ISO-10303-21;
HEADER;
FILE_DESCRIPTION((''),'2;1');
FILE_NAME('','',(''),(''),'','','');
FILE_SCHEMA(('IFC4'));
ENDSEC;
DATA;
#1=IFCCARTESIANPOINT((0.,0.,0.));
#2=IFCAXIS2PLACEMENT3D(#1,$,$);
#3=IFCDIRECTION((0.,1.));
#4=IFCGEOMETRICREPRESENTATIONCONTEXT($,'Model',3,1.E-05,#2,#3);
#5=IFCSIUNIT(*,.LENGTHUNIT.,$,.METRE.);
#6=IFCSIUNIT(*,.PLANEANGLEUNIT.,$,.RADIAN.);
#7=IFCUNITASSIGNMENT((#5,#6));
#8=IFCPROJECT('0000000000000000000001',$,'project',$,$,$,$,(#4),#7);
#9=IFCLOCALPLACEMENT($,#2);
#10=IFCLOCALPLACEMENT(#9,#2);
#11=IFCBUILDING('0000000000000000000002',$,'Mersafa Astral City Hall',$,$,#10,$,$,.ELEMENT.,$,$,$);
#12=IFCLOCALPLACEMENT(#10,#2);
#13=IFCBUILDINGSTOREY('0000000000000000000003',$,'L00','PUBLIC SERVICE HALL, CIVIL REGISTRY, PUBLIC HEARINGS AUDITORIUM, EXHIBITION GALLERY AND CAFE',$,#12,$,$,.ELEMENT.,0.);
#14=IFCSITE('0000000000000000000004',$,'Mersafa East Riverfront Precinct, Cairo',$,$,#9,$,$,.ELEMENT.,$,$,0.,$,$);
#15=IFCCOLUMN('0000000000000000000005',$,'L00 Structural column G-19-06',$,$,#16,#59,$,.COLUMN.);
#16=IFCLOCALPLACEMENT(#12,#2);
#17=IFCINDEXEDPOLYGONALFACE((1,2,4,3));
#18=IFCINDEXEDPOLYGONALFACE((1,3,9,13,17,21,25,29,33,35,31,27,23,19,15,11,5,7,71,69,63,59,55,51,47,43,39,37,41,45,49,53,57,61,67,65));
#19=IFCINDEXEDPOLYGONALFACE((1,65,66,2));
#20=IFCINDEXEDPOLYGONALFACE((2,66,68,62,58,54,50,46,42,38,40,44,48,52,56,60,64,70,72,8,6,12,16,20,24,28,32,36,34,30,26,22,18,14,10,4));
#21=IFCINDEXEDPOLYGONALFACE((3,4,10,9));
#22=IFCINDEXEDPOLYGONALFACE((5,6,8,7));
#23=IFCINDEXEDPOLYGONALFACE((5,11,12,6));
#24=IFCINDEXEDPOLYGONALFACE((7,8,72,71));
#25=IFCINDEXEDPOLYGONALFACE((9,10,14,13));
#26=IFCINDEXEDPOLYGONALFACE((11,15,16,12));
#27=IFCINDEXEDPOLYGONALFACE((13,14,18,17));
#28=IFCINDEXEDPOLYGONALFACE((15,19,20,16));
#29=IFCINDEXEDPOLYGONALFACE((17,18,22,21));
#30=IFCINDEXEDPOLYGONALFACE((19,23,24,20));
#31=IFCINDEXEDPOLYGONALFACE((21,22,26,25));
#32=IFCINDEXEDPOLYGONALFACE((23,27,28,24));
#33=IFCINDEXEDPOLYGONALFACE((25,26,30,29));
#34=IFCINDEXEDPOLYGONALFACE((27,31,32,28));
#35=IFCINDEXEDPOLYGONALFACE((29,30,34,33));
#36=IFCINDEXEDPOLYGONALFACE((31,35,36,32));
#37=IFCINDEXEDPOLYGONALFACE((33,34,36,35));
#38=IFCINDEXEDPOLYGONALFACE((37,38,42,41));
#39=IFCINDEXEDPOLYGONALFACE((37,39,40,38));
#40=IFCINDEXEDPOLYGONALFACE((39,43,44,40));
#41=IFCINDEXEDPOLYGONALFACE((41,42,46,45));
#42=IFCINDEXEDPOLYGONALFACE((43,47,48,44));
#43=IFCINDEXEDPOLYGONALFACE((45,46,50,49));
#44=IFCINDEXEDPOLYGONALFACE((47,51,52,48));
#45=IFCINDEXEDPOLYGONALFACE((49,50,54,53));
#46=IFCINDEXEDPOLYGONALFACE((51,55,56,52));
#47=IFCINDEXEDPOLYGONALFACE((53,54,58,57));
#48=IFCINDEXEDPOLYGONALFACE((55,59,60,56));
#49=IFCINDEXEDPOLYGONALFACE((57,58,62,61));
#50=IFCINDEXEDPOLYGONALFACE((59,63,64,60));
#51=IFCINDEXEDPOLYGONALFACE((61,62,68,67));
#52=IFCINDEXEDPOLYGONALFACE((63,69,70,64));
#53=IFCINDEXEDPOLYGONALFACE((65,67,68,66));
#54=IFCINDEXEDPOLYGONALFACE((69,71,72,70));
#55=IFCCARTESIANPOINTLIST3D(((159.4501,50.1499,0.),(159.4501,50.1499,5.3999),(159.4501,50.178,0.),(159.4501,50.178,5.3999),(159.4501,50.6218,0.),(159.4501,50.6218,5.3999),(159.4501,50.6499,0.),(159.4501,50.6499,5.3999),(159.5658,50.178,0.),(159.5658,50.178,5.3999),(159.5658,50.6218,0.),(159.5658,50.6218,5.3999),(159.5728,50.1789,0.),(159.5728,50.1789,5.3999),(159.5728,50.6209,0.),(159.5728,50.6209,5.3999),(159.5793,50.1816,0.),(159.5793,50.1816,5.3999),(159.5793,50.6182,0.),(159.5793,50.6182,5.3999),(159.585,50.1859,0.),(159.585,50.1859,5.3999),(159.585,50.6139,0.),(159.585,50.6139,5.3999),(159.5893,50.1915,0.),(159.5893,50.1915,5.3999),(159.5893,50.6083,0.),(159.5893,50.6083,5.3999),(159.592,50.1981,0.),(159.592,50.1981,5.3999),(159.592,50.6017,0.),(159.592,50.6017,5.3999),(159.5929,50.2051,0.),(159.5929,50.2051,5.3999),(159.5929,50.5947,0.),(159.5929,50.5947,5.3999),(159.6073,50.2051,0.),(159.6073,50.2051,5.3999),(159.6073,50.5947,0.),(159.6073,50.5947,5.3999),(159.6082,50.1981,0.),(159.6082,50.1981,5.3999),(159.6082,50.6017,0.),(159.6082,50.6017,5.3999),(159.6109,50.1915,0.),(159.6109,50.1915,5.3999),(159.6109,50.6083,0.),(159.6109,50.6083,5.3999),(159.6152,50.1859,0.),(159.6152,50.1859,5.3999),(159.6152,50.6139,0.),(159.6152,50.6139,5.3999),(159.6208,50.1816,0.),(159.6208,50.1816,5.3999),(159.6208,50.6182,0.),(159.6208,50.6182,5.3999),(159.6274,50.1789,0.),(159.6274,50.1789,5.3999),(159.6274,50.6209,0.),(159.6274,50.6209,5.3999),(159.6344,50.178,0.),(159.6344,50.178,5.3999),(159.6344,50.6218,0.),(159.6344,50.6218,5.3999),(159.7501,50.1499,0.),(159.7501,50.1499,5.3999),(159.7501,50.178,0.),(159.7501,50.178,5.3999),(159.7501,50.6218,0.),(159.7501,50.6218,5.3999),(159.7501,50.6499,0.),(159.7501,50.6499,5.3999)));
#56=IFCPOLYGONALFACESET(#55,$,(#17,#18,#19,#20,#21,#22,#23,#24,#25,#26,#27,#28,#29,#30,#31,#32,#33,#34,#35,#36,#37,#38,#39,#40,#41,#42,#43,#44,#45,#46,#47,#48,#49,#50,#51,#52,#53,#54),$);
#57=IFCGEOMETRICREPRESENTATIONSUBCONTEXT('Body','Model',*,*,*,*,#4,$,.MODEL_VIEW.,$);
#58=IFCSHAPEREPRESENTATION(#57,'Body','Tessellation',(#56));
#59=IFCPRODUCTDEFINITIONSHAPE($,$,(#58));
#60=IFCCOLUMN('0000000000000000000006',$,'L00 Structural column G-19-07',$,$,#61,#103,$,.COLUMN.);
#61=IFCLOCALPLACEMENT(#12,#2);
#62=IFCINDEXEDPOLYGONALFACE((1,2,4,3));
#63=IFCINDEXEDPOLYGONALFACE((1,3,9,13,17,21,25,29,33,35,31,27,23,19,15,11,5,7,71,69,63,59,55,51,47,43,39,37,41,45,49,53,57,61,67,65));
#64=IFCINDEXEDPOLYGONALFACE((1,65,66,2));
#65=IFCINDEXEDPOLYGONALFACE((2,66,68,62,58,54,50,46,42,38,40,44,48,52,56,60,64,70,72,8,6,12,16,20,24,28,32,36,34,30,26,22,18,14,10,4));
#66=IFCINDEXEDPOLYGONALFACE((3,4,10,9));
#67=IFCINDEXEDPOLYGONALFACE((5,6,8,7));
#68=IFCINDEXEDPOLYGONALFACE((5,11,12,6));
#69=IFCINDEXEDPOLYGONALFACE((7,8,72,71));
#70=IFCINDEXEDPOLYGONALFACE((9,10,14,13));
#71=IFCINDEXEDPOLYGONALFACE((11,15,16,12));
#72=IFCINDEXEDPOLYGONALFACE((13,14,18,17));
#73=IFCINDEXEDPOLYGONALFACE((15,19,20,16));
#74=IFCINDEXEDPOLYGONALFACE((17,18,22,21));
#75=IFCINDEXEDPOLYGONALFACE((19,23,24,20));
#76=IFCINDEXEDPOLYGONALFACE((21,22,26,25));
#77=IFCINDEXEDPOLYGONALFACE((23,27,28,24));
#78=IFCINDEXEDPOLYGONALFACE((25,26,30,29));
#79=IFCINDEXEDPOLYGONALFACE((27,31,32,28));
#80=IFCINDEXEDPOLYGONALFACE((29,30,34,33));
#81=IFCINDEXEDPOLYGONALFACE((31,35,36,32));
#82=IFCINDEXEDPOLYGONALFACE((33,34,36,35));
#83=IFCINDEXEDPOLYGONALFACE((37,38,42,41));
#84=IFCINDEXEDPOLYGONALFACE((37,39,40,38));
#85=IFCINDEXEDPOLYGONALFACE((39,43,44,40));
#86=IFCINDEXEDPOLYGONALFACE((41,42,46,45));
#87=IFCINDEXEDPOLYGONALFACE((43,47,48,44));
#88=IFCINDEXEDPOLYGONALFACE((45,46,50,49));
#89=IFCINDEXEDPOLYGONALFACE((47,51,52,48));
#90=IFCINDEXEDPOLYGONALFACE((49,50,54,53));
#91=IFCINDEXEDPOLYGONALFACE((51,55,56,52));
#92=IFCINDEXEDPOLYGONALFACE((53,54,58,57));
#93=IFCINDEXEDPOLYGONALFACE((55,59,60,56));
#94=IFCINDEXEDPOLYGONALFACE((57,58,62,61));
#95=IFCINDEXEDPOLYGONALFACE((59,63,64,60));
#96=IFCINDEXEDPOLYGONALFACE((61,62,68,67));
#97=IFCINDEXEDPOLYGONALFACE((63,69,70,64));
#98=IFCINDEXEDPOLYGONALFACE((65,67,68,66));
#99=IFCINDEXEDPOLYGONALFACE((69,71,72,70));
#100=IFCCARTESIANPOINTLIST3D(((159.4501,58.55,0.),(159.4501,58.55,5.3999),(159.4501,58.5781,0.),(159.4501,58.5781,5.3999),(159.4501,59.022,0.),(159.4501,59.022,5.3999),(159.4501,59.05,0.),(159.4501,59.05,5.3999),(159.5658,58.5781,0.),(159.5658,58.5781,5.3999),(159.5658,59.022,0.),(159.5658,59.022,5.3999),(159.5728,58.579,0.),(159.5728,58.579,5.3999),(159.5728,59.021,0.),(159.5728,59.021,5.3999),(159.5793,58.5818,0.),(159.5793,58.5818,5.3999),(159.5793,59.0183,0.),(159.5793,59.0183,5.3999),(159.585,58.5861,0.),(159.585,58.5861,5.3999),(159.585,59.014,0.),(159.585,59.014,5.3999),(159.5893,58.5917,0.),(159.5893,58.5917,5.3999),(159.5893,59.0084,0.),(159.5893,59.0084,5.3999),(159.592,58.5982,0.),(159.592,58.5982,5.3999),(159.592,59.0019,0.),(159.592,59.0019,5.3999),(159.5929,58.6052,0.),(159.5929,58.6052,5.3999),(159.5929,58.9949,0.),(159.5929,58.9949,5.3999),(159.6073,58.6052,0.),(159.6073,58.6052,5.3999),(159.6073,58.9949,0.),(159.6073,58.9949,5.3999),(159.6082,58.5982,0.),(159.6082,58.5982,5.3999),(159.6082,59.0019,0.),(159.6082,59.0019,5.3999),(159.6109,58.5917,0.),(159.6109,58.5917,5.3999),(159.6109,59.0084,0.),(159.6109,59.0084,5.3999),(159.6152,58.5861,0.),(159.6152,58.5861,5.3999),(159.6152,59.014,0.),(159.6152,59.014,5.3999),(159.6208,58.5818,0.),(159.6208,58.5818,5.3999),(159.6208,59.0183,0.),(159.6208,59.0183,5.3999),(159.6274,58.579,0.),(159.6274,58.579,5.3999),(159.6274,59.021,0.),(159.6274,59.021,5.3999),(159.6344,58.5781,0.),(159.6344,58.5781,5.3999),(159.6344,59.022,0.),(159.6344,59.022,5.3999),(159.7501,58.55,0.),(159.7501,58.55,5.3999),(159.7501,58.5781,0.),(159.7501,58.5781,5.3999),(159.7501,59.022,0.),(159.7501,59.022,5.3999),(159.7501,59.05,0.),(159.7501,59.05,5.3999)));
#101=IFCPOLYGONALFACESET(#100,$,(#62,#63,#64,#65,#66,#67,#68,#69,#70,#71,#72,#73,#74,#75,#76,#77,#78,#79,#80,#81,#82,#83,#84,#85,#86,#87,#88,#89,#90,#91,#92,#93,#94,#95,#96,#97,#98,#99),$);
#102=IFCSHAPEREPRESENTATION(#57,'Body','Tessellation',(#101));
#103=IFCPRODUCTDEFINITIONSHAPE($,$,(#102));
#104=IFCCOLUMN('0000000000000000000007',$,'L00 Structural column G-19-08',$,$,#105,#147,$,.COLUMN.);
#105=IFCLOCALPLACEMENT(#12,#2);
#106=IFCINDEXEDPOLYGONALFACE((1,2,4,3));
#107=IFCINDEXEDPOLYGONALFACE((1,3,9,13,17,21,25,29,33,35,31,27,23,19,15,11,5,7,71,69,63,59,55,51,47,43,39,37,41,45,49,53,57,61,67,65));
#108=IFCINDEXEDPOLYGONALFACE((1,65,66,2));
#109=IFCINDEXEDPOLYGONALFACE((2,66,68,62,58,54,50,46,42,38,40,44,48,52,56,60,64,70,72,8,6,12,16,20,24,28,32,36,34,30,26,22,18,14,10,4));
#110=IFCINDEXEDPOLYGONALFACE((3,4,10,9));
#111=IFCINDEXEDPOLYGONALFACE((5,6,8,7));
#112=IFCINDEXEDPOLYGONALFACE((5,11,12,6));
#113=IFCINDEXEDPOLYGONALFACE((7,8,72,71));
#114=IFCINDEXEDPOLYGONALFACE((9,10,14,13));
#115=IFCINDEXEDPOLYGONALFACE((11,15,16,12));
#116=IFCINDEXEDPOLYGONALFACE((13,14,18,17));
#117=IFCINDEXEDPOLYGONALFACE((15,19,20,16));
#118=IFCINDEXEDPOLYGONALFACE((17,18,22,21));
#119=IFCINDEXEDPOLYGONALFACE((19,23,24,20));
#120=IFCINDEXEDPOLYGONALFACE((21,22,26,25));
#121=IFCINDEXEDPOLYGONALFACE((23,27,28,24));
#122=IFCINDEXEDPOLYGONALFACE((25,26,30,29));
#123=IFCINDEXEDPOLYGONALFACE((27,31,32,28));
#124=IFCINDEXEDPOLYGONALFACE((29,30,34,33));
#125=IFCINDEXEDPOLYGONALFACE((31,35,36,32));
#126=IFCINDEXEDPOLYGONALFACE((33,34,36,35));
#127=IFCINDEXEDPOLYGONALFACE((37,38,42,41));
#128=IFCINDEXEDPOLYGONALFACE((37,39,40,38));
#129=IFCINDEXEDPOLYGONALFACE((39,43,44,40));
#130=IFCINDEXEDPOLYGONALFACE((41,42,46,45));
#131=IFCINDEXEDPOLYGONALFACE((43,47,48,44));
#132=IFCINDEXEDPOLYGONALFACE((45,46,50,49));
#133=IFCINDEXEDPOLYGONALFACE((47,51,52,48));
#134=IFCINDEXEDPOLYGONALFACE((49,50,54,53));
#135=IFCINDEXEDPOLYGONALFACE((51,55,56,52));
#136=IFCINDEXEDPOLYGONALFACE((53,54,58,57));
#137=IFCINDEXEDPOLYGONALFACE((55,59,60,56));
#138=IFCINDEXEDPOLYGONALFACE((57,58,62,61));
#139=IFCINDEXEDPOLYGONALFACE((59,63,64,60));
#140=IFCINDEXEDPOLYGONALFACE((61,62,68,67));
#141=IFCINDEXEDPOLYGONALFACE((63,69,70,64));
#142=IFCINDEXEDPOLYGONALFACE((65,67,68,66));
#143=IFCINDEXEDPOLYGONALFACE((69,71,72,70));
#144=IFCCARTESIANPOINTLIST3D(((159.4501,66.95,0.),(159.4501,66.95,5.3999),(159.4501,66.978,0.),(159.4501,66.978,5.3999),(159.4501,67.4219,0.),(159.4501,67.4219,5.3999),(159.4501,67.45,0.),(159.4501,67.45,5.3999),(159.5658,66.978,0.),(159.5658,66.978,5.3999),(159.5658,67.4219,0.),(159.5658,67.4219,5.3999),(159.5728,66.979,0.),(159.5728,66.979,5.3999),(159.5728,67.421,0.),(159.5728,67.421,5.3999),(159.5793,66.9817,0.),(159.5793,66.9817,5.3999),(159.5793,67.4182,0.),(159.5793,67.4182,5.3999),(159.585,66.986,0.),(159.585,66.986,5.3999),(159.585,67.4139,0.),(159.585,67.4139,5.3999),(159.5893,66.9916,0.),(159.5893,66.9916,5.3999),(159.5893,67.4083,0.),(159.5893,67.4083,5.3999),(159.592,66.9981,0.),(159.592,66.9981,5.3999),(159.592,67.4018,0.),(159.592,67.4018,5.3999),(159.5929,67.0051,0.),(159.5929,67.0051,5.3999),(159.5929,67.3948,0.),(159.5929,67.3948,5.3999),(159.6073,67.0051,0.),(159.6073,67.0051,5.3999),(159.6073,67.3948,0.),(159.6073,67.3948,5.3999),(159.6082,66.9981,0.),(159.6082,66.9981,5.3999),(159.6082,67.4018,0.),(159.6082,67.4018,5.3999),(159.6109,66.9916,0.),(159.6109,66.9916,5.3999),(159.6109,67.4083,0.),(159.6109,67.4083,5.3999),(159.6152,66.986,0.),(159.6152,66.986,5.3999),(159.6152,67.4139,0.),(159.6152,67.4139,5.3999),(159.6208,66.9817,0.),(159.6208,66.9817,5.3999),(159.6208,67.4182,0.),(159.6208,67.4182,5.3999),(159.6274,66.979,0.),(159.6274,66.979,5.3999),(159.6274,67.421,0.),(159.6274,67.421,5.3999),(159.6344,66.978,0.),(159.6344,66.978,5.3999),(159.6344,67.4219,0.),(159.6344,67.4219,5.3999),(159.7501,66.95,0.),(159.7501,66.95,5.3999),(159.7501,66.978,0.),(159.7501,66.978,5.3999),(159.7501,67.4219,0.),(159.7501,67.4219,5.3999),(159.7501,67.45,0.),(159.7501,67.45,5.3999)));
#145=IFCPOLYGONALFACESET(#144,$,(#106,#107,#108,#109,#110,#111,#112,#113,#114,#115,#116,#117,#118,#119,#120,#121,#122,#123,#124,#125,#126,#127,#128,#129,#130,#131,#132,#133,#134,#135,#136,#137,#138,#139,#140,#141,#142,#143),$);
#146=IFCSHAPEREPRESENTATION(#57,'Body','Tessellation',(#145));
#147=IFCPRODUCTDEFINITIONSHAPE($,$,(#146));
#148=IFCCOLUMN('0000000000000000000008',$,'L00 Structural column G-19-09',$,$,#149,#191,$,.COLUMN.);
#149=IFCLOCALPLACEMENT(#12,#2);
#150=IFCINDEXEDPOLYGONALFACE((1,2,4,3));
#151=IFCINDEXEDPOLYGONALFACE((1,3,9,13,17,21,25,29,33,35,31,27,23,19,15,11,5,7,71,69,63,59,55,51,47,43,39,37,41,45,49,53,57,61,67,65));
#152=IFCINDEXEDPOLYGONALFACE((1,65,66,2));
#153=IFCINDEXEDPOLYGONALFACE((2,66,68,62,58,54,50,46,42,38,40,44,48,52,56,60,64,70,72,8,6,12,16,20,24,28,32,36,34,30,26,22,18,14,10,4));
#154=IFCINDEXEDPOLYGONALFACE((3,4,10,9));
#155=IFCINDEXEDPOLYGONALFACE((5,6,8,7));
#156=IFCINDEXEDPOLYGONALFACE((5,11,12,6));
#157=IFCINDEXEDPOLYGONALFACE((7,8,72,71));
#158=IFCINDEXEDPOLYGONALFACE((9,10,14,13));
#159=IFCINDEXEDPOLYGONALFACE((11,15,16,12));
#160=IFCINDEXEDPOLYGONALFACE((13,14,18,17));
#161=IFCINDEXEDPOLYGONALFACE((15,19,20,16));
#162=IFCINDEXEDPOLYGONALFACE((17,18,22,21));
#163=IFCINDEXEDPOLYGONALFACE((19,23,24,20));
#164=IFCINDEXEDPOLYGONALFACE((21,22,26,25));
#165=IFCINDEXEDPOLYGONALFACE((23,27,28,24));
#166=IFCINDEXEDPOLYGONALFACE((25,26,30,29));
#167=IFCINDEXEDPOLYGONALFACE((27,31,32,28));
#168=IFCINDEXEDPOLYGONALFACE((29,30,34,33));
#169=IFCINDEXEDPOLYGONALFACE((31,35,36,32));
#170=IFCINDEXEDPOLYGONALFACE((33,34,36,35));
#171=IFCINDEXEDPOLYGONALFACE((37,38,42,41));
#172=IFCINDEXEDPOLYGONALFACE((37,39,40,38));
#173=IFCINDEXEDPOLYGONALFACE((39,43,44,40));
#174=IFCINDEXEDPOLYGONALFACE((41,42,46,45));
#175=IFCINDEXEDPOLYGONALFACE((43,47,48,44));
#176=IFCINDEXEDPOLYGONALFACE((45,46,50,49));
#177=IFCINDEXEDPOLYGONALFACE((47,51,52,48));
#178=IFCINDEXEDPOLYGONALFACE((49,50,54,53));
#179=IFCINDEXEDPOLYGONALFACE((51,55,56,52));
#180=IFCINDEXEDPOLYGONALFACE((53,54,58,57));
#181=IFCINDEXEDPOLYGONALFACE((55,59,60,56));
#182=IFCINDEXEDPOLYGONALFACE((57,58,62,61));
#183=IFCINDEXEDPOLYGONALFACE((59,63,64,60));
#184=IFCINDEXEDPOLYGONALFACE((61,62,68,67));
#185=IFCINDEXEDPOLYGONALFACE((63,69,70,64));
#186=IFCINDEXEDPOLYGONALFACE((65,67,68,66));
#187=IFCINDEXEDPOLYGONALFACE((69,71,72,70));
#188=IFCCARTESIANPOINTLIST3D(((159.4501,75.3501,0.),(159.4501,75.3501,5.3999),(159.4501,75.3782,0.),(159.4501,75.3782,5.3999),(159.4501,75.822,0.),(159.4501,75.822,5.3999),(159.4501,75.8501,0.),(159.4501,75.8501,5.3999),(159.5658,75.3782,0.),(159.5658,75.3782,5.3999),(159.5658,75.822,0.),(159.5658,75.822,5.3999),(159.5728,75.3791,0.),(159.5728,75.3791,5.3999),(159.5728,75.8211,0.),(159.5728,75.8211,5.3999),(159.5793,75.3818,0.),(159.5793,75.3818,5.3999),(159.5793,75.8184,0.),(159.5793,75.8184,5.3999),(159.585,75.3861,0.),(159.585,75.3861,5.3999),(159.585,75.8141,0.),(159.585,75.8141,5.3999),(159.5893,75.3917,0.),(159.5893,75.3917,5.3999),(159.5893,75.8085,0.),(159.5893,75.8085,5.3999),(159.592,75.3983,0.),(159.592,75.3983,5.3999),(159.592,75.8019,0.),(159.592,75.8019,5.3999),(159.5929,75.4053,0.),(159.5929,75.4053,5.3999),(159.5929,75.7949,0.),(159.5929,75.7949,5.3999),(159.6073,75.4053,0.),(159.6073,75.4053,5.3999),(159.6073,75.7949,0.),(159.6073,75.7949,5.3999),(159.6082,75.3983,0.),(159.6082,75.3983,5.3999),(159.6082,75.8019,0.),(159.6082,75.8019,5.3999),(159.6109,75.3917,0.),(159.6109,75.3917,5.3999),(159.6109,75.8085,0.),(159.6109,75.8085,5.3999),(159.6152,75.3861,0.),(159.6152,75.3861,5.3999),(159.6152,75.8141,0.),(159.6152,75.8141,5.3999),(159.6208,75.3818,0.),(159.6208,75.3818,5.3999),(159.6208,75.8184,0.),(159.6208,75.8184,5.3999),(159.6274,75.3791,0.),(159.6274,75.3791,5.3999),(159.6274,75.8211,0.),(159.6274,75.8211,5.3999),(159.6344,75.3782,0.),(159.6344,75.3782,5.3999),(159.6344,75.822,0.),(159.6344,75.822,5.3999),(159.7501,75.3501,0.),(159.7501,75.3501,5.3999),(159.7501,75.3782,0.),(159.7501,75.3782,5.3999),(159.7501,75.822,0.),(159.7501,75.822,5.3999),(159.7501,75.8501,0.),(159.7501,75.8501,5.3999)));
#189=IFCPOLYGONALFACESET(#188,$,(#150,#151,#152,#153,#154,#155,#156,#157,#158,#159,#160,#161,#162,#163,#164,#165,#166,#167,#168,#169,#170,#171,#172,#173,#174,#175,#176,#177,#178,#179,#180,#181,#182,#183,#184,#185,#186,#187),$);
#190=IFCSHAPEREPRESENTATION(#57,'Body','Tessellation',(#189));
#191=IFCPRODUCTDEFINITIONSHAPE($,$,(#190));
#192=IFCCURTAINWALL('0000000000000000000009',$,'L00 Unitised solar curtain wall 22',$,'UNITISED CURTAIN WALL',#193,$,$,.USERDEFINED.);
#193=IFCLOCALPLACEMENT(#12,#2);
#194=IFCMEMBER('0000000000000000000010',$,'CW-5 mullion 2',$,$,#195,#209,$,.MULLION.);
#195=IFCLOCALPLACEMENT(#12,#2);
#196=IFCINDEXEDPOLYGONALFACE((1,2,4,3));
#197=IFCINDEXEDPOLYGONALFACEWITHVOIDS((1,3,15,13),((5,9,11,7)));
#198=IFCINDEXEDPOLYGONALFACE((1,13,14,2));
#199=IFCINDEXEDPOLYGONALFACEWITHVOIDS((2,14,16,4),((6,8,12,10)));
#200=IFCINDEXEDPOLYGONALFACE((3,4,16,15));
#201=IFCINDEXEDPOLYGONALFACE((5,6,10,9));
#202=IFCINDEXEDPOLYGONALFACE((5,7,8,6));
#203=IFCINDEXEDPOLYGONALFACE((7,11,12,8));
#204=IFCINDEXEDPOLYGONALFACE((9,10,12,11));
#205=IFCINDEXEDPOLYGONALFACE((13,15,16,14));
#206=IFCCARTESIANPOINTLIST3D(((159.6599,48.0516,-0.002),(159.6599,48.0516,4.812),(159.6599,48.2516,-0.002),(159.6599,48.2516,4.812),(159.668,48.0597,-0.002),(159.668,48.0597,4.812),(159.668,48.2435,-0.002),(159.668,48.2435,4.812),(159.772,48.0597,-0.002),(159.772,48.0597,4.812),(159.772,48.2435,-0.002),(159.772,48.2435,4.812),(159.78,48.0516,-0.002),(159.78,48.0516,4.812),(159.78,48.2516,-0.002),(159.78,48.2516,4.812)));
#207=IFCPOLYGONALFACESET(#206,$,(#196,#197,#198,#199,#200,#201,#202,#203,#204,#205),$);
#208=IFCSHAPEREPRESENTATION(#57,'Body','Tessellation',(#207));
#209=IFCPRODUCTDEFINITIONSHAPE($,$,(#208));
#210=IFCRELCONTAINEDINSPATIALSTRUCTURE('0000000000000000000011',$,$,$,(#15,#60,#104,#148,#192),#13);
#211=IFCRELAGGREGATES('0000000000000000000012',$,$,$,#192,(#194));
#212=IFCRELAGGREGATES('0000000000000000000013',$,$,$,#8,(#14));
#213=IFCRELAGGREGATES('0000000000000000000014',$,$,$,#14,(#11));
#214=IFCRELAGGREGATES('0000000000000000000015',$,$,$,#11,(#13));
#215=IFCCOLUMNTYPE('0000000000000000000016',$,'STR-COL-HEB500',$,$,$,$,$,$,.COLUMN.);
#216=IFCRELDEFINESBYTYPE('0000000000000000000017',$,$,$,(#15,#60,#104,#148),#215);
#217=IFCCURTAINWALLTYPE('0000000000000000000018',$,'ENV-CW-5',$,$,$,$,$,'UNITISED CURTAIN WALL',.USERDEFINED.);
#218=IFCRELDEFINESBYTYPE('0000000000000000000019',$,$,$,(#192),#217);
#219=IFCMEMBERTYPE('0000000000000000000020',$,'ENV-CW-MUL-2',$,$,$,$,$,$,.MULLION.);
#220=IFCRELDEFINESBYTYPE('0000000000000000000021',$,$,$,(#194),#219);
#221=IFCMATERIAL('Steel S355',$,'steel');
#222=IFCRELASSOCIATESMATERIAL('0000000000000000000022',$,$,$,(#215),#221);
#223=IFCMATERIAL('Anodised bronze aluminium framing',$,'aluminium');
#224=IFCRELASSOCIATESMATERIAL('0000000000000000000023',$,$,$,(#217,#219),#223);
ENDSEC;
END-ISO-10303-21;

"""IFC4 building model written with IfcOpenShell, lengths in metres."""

from ifc_helpers import new_model, si_unit, direction, frame, origin, origin_2d, place, context, subcontext, project, spatial, hollow_rectangle, i_section, extrude, material, material_profile, profile_set, type_object, element, aggregate, save


model = new_model("IFC4")

# Units and contexts
model_context = context("Model", 3, precision=1e-05, world=origin(), true_north=direction((0.0, 1.0)))
body_context = subcontext(model_context, "Body", "Model", "MODEL_VIEW")
ifc_project = project(units=[si_unit("LENGTHUNIT", "METRE"), si_unit("PLANEANGLEUNIT", "RADIAN")], contexts=[model_context])

# Site, building, storey
site_placement = place(None, origin())
site = spatial("IfcSite", under=ifc_project, at=site_placement, Name="Mersafa East Riverfront Precinct, Cairo", CompositionType="ELEMENT", RefElevation=0.0)
building_placement = place(site_placement, origin())
building = spatial("IfcBuilding", under=site, at=building_placement, Name="Mersafa Astral City Hall", CompositionType="ELEMENT")
storey_placement = place(building_placement, origin())
storey = spatial("IfcBuildingStorey", under=building, at=storey_placement, Name="L00", Description="PUBLIC SERVICE HALL, CIVIL REGISTRY, PUBLIC HEARINGS AUDITORIUM, EXHIBITION GALLERY AND CAFE", CompositionType="ELEMENT", Elevation=0.0)

# Columns
ifc_material_1 = material(Name="Steel S355", Category="steel")
ifc_material_profile_1 = material_profile(ifc_material_1, i_section(OverallWidth=0.3, OverallDepth=0.5, WebThickness=0.0144, FlangeThickness=0.0281, FilletRadius=0.0271, at=origin_2d()), Name="HEB 500")
ifc_profile_set_1 = profile_set([ifc_material_profile_1], Name="Steel S355")
column_type = type_object("IfcColumnType", Name="STR-COL-HEB500", PredefinedType="COLUMN", material=ifc_profile_set_1)
for number, where, z_axis, x_axis, name in (
    (1, (159.6001, 50.3999, 0.0), (0.0, 0.0, 1.0), (1.0, 0.0, 0.0), "L00 Structural column G-19-06"),
    (2, (159.6001, 58.8, 0.0), (0.0, 0.0, 1.0), (1.0, 0.0, 0.0), "L00 Structural column G-19-07"),
    (3, (159.6001, 67.2, 0.0), (0.0, 0.0, 1.0), (1.0, 0.0, 0.0), "L00 Structural column G-19-08"),
    (4, (159.6001, 75.6001, 0.0), (0.0, 0.0, 1.0), (1.0, 0.0, 0.0), "L00 Structural column G-19-09"),
):
    element("IfcColumn", number, at=place(storey_placement, frame(where, z_axis=z_axis, x_axis=x_axis)), inside=storey, type_object=column_type, Name=name, PredefinedType="COLUMN", context=body_context, shape_type="SweptSolid", body=[
        extrude(i_section(OverallWidth=0.3, OverallDepth=0.5, WebThickness=0.0144, FlangeThickness=0.0281, FilletRadius=0.0271, at=origin_2d()), origin(), (0.0, 0.0, 1.0), 5.3999),
    ])

# Curtain wall, member
ifc_material_2 = material(Name="Anodised bronze aluminium framing", Category="aluminium")
curtain_wall_type = type_object("IfcCurtainWallType", Name="ENV-CW-5", ElementType="UNITISED CURTAIN WALL", PredefinedType="USERDEFINED", material=ifc_material_2)
curtain_wall_placement = place(storey_placement, origin())
curtain_wall = element("IfcCurtainWall", 5, at=curtain_wall_placement, inside=storey, type_object=curtain_wall_type, Name="L00 Unitised solar curtain wall 22", ObjectType="UNITISED CURTAIN WALL", PredefinedType="USERDEFINED")
ifc_material_profile_2 = material_profile(ifc_material_2, hollow_rectangle(XDim=0.1201, YDim=0.2, WallThickness=0.0081, at=origin_2d()), Name="RHS 120x200x8")
ifc_profile_set_2 = profile_set([ifc_material_profile_2], Name="Anodised bronze aluminium framing")
member_type_1 = type_object("IfcMemberType", Name="ENV-CW-MUL-2", PredefinedType="MULLION", material=ifc_profile_set_2)
member_1_placement = place(storey_placement, frame((159.72, 48.1516, -0.002), z_axis=(0.0, 0.0, 1.0), x_axis=(1.0, 0.0, 0.0)))
member_1 = element("IfcMember", 6, at=member_1_placement, type_object=member_type_1, Name="CW-5 mullion 2", PredefinedType="MULLION", context=body_context, shape_type="SweptSolid", body=[
    extrude(hollow_rectangle(XDim=0.1201, YDim=0.2, WallThickness=0.0081, at=origin_2d()), origin(), (0.0, 0.0, 1.0), 4.814),
])

aggregate(curtain_wall, [member_1])

save(model, "model.ifc")
